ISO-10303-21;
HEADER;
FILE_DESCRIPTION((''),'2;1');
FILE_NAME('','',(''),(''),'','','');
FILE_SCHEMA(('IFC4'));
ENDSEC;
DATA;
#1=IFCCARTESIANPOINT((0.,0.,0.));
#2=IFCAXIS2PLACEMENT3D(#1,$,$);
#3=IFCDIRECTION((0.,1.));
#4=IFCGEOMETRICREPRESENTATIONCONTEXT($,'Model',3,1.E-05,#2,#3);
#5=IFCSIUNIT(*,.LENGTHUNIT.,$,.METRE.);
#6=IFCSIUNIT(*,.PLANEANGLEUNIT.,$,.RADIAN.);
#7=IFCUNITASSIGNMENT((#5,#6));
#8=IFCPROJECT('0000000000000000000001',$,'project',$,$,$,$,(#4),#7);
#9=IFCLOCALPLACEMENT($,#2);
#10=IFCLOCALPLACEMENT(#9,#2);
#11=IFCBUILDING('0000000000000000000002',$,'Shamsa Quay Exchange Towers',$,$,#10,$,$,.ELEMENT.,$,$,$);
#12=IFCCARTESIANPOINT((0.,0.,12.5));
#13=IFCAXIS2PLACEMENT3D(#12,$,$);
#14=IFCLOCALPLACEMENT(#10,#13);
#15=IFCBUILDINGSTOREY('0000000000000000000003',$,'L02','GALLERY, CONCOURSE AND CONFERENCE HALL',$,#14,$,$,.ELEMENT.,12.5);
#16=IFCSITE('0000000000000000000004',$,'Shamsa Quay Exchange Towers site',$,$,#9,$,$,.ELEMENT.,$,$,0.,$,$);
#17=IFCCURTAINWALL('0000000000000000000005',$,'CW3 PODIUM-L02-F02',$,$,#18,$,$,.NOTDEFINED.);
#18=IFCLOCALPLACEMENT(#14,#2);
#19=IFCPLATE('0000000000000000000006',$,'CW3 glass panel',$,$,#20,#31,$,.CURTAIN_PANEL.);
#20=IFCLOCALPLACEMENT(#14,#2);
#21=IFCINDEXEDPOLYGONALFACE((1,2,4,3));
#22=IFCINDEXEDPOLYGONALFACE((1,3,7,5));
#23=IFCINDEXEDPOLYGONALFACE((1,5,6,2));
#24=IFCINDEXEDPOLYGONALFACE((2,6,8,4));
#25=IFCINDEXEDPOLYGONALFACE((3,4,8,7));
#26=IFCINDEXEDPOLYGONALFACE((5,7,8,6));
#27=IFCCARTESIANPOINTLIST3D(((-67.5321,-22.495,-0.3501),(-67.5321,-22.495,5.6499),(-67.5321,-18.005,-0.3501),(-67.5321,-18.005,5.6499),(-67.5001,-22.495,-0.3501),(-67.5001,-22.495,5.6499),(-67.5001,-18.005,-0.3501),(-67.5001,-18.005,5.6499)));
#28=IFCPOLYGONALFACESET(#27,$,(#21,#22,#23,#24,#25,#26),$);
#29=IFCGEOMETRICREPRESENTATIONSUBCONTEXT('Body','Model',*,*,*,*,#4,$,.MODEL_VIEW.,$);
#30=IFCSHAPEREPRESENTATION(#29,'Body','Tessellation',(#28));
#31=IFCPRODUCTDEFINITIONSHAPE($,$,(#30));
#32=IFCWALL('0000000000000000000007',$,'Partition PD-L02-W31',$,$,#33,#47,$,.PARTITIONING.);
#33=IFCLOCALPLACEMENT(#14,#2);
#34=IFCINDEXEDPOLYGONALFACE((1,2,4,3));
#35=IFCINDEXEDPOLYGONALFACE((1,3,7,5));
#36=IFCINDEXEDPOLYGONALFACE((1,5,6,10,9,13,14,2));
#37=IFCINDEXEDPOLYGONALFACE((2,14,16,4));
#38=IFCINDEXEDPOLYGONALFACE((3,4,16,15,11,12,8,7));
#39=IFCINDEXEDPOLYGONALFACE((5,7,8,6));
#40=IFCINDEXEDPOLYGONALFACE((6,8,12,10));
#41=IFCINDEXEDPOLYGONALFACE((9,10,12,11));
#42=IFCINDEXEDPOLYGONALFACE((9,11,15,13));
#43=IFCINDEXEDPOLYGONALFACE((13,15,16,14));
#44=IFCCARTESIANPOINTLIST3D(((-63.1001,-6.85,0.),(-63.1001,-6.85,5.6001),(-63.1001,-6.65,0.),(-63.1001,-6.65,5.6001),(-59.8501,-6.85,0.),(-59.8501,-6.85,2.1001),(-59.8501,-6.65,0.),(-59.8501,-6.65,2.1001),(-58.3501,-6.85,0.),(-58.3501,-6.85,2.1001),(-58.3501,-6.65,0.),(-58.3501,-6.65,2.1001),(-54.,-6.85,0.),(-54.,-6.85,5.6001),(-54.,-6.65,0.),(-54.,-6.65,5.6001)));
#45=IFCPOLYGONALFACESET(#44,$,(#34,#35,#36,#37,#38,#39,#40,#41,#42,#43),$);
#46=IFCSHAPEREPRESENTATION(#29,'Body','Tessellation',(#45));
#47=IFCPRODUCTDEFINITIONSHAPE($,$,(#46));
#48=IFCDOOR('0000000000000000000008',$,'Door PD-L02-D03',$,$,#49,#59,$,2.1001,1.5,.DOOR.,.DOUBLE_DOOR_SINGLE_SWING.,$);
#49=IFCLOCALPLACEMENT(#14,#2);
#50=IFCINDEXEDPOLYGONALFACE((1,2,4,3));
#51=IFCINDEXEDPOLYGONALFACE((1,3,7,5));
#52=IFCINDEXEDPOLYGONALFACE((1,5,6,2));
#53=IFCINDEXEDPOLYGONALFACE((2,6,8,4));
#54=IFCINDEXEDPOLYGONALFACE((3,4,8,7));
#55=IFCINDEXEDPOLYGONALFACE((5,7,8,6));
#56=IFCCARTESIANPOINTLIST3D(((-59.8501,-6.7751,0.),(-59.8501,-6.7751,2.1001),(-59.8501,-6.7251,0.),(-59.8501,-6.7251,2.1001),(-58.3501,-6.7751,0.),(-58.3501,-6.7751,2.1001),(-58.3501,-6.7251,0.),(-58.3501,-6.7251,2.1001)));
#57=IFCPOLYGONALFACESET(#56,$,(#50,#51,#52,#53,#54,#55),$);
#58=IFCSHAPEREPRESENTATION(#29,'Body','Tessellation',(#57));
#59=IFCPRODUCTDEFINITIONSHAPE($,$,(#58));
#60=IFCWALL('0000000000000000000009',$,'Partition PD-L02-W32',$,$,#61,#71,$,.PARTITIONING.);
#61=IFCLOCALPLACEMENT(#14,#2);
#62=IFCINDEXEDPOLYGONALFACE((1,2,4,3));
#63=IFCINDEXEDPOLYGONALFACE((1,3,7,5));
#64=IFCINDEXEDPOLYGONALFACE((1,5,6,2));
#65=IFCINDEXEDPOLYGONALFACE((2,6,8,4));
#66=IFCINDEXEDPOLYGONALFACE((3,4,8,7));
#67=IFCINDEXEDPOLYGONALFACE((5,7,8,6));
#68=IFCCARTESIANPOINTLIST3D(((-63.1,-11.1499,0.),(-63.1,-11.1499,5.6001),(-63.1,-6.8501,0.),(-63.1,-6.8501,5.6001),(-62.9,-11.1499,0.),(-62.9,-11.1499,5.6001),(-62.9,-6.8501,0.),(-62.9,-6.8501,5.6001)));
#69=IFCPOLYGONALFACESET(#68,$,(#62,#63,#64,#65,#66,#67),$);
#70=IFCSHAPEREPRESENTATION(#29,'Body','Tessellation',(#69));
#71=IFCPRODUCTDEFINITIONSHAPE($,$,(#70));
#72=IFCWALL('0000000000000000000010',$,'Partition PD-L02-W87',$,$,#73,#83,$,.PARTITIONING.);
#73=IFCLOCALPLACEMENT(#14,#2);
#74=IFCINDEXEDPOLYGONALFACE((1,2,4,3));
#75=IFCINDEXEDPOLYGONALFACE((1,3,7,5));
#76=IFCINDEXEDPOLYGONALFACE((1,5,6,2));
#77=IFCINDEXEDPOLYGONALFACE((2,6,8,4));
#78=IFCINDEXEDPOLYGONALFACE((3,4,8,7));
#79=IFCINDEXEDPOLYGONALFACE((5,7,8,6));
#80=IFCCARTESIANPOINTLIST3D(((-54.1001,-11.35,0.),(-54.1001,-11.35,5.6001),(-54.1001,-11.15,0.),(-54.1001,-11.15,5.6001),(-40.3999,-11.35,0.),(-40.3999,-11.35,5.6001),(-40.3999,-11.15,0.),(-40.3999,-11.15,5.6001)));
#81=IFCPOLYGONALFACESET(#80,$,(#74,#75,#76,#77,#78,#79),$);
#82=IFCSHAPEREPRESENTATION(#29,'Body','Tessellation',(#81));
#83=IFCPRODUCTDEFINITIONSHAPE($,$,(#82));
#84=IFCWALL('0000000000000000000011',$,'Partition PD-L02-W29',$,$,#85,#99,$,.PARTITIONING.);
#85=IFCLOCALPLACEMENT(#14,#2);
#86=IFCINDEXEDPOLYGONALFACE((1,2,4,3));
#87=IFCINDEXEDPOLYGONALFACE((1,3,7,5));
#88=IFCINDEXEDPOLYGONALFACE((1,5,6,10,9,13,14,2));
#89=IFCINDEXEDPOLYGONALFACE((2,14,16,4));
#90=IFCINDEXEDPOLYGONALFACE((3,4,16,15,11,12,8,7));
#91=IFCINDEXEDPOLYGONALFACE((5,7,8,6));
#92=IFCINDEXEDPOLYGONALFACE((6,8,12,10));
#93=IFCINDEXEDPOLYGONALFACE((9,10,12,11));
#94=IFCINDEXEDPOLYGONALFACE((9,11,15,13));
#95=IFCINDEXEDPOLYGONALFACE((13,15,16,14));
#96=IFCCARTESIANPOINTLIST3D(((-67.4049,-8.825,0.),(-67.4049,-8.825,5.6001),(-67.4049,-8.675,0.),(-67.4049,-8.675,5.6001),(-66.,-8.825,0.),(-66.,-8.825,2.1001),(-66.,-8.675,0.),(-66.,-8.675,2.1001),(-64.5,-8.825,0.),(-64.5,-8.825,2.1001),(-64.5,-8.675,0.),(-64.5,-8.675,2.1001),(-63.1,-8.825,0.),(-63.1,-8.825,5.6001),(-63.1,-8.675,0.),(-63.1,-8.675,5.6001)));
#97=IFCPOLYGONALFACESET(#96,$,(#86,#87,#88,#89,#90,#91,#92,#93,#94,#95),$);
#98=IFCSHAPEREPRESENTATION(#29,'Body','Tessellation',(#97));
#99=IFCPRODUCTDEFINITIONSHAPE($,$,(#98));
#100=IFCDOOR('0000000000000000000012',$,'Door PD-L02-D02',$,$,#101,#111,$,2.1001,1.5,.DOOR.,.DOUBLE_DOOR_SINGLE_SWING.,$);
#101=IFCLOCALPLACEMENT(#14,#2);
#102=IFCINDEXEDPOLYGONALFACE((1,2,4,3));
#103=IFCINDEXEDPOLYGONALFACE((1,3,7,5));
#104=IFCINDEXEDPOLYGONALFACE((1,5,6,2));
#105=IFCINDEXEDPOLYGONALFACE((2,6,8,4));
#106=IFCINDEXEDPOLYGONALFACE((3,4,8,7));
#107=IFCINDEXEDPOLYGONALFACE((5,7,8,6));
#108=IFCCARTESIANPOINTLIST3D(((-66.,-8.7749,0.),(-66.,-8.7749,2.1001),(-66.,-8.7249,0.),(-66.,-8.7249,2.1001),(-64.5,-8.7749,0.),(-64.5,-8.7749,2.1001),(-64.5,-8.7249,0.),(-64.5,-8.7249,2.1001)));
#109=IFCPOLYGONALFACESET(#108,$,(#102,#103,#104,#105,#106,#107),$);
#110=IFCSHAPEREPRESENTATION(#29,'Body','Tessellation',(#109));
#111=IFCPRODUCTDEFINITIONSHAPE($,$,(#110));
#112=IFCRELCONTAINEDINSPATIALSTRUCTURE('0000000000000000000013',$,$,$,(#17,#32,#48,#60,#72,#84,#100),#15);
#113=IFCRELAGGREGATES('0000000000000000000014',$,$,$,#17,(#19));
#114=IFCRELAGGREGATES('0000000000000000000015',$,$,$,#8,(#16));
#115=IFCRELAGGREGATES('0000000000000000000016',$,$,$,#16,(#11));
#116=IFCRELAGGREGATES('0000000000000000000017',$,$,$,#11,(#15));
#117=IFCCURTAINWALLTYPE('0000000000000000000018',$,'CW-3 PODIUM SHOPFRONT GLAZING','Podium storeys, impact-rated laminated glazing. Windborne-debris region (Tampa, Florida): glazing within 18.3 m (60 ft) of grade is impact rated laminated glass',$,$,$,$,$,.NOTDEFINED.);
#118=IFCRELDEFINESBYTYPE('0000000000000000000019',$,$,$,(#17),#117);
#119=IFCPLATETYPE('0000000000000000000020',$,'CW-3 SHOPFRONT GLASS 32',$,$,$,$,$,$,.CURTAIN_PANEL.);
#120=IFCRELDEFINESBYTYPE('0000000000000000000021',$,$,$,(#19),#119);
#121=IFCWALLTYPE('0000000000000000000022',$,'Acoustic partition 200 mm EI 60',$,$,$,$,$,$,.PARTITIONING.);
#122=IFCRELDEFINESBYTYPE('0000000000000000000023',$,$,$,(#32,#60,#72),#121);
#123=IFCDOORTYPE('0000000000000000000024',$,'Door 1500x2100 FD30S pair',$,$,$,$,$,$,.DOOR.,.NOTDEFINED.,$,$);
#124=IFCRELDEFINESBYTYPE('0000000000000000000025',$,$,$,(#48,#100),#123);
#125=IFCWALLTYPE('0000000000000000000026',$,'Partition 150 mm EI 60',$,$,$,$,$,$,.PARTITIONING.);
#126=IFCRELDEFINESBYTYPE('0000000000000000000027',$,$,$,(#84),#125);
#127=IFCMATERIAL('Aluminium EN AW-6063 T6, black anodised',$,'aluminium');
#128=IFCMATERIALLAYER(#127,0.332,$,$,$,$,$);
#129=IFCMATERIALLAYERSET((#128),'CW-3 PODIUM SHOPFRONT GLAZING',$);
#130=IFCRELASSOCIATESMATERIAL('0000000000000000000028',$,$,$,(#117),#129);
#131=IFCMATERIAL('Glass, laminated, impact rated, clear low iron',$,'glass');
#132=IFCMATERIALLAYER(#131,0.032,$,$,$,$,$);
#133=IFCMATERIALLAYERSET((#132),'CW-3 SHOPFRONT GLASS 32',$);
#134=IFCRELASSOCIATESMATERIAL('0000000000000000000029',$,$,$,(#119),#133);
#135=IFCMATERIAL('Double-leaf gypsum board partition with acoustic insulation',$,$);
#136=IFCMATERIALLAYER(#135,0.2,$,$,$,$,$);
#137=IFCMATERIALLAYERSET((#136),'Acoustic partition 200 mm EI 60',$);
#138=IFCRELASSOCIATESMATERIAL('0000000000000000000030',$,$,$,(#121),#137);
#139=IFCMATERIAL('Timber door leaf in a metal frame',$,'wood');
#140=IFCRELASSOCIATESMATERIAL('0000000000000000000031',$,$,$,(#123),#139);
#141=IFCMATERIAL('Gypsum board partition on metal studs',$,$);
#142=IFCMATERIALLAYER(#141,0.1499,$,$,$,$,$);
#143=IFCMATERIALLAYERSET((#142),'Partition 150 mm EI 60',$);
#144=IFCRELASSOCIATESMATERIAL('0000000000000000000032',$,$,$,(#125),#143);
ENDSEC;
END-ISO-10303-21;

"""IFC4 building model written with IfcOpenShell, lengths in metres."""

from ifc_helpers import new_model, si_unit, direction, frame, frame_2d, origin, origin_2d, place, context, subcontext, project, spatial, rectangle, extrude, material, layer, layer_set, type_object, element, fill, aggregate, save


model = new_model("IFC4")

# Units and contexts
model_context = context("Model", 3, precision=1e-05, world=origin(), true_north=direction((0.0, 1.0)))
body_context = subcontext(model_context, "Body", "Model", "MODEL_VIEW")
ifc_project = project(units=[si_unit("LENGTHUNIT", "METRE"), si_unit("PLANEANGLEUNIT", "RADIAN")], contexts=[model_context])

# Site, building, storey
site_placement = place(None, origin())
site = spatial("IfcSite", under=ifc_project, at=site_placement, Name="Shamsa Quay Exchange Towers site", CompositionType="ELEMENT", RefElevation=0.0)
building_placement = place(site_placement, origin())
building = spatial("IfcBuilding", under=site, at=building_placement, Name="Shamsa Quay Exchange Towers", CompositionType="ELEMENT")
storey_placement = place(building_placement, frame((0.0, 0.0, 12.5)))
storey = spatial("IfcBuildingStorey", under=building, at=storey_placement, Name="L02", Description="GALLERY, CONCOURSE AND CONFERENCE HALL", CompositionType="ELEMENT", Elevation=12.5)

# Curtain wall, plate
ifc_material_1 = material(Name="Aluminium EN AW-6063 T6, black anodised", Category="aluminium")
ifc_layer_1 = layer(ifc_material_1, 0.332)
ifc_layer_set_1 = layer_set([ifc_layer_1], Name="CW-3 PODIUM SHOPFRONT GLAZING")
curtain_wall_type = type_object("IfcCurtainWallType", Name="CW-3 PODIUM SHOPFRONT GLAZING", Description="Podium storeys, impact-rated laminated glazing. Windborne-debris region (Tampa, Florida): glazing within 18.3 m (60 ft) of grade is impact rated laminated glass", PredefinedType="NOTDEFINED", material=ifc_layer_set_1)
curtain_wall_placement = place(storey_placement, origin())
curtain_wall = element("IfcCurtainWall", 1, at=curtain_wall_placement, inside=storey, type_object=curtain_wall_type, Name="CW3 PODIUM-L02-F02", PredefinedType="NOTDEFINED")
ifc_material_2 = material(Name="Glass, laminated, impact rated, clear low iron", Category="glass")
ifc_layer_2 = layer(ifc_material_2, 0.032)
ifc_layer_set_2 = layer_set([ifc_layer_2], Name="CW-3 SHOPFRONT GLASS 32")
plate_type = type_object("IfcPlateType", Name="CW-3 SHOPFRONT GLASS 32", PredefinedType="CURTAIN_PANEL", material=ifc_layer_set_2)
plate_1_placement = place(storey_placement, frame((-67.5161, -20.25, -0.3501), z_axis=(0.0, 0.0, 1.0), x_axis=(0.0, -1.0, 0.0)))
plate_1 = element("IfcPlate", 2, at=plate_1_placement, type_object=plate_type, Name="CW3 glass panel", PredefinedType="CURTAIN_PANEL", context=body_context, shape_type="SweptSolid", body=[
    extrude(rectangle(XDim=4.49, YDim=0.032, at=origin_2d()), origin(), (0.0, 0.0, 1.0), 6.0),
])
aggregate(curtain_wall, [plate_1])

# Wall, opening, door
ifc_material_3 = material(Name="Double-leaf gypsum board partition with acoustic insulation")
ifc_layer_3 = layer(ifc_material_3, 0.2)
ifc_layer_set_3 = layer_set([ifc_layer_3], Name="Acoustic partition 200 mm EI 60")
wall_type_1 = type_object("IfcWallType", Name="Acoustic partition 200 mm EI 60", PredefinedType="PARTITIONING", material=ifc_layer_set_3)
wall_1_placement = place(storey_placement, frame((-63.1001, -6.75, 0.0)))
wall_1 = element("IfcWall", 3, at=wall_1_placement, inside=storey, type_object=wall_type_1, Name="Partition PD-L02-W31", PredefinedType="PARTITIONING", context=body_context, shape_type="SweptSolid", body=[
    extrude(rectangle(XDim=9.1001, YDim=0.2, at=frame_2d((4.55, 0.0))), origin(), (0.0, 0.0, 1.0), 5.6001),
])
opening_1_placement = place(wall_1_placement, frame((3.25, 0.0, 0.0)))
opening_1 = element("IfcOpeningElement", 4, at=opening_1_placement, cuts=wall_1, PredefinedType="OPENING", context=body_context, shape_type="SweptSolid", body=[
    extrude(rectangle(XDim=1.5, YDim=2.1001, at=frame_2d((0.75, 1.05))), frame((0.0, 0.1099, 0.0), z_axis=(0.0, -1.0, 0.0), x_axis=(1.0, 0.0, 0.0)), (0.0, 0.0, 1.0), 0.22),
])
ifc_material_4 = material(Name="Timber door leaf in a metal frame", Category="wood")
door_type = type_object("IfcDoorType", Name="Door 1500x2100 FD30S pair", OperationType="NOTDEFINED", PredefinedType="DOOR", material=ifc_material_4)
door_1_placement = place(opening_1_placement, origin())
door_1 = element("IfcDoor", 5, at=door_1_placement, inside=storey, type_object=door_type, Name="Door PD-L02-D03", OperationType="DOUBLE_DOOR_SINGLE_SWING", OverallHeight=2.1001, OverallWidth=1.5, PredefinedType="DOOR", context=body_context, shape_type="SweptSolid", body=[
    extrude(rectangle(XDim=1.5, YDim=2.1001, at=frame_2d((0.75, 1.05))), frame((0.0, 0.0249, 0.0), z_axis=(0.0, -1.0, 0.0), x_axis=(1.0, 0.0, 0.0)), (0.0, 0.0, 1.0), 0.05),
])
fill(opening_1, door_1)

# Walls
wall_2_placement = place(storey_placement, frame((-63.0, -11.1499, 0.0), z_axis=(0.0, 0.0, 1.0), x_axis=(0.0, 1.0, 0.0)))
element("IfcWall", 6, at=wall_2_placement, inside=storey, type_object=wall_type_1, Name="Partition PD-L02-W32", PredefinedType="PARTITIONING", context=body_context, shape_type="SweptSolid", body=[
    extrude(rectangle(XDim=4.2998, YDim=0.2, at=frame_2d((2.1499, 0.0))), origin(), (0.0, 0.0, 1.0), 5.6001),
])
wall_3_placement = place(storey_placement, frame((-54.1001, -11.25, 0.0)))
element("IfcWall", 7, at=wall_3_placement, inside=storey, type_object=wall_type_1, Name="Partition PD-L02-W87", PredefinedType="PARTITIONING", context=body_context, shape_type="SweptSolid", body=[
    extrude(rectangle(XDim=13.7002, YDim=0.2, at=frame_2d((6.8501, 0.0))), origin(), (0.0, 0.0, 1.0), 5.6001),
])

# Wall, opening, door
ifc_material_5 = material(Name="Gypsum board partition on metal studs")
ifc_layer_4 = layer(ifc_material_5, 0.1499)
ifc_layer_set_4 = layer_set([ifc_layer_4], Name="Partition 150 mm EI 60")
wall_type_2 = type_object("IfcWallType", Name="Partition 150 mm EI 60", PredefinedType="PARTITIONING", material=ifc_layer_set_4)
wall_4_placement = place(storey_placement, frame((-63.1001, -8.75, 0.0), z_axis=(0.0, 0.0, 1.0), x_axis=(-1.0, 0.0, 0.0)))
wall_4 = element("IfcWall", 8, at=wall_4_placement, inside=storey, type_object=wall_type_2, Name="Partition PD-L02-W29", PredefinedType="PARTITIONING", context=body_context, shape_type="SweptSolid", body=[
    extrude(rectangle(XDim=4.3049, YDim=0.1499, at=frame_2d((2.1523, 0.0))), origin(), (0.0, 0.0, 1.0), 5.6001),
])
opening_2_placement = place(wall_4_placement, frame((1.3999, 0.0, 0.0)))
opening_2 = element("IfcOpeningElement", 9, at=opening_2_placement, cuts=wall_4, PredefinedType="OPENING", context=body_context, shape_type="SweptSolid", body=[
    extrude(rectangle(XDim=1.5, YDim=2.1001, at=frame_2d((0.75, 1.05))), frame((0.0, 0.085, 0.0), z_axis=(0.0, -1.0, 0.0), x_axis=(1.0, 0.0, 0.0)), (0.0, 0.0, 1.0), 0.1699),
])
door_2_placement = place(opening_2_placement, origin())
door_2 = element("IfcDoor", 10, at=door_2_placement, inside=storey, type_object=door_type, Name="Door PD-L02-D02", OperationType="DOUBLE_DOOR_SINGLE_SWING", OverallHeight=2.1001, OverallWidth=1.5, PredefinedType="DOOR", context=body_context, shape_type="SweptSolid", body=[
    extrude(rectangle(XDim=1.5, YDim=2.1001, at=frame_2d((0.75, 1.05))), frame((0.0, 0.0249, 0.0), z_axis=(0.0, -1.0, 0.0), x_axis=(1.0, 0.0, 0.0)), (0.0, 0.0, 1.0), 0.05),
])
fill(opening_2, door_2)

save(model, "model.ifc")
